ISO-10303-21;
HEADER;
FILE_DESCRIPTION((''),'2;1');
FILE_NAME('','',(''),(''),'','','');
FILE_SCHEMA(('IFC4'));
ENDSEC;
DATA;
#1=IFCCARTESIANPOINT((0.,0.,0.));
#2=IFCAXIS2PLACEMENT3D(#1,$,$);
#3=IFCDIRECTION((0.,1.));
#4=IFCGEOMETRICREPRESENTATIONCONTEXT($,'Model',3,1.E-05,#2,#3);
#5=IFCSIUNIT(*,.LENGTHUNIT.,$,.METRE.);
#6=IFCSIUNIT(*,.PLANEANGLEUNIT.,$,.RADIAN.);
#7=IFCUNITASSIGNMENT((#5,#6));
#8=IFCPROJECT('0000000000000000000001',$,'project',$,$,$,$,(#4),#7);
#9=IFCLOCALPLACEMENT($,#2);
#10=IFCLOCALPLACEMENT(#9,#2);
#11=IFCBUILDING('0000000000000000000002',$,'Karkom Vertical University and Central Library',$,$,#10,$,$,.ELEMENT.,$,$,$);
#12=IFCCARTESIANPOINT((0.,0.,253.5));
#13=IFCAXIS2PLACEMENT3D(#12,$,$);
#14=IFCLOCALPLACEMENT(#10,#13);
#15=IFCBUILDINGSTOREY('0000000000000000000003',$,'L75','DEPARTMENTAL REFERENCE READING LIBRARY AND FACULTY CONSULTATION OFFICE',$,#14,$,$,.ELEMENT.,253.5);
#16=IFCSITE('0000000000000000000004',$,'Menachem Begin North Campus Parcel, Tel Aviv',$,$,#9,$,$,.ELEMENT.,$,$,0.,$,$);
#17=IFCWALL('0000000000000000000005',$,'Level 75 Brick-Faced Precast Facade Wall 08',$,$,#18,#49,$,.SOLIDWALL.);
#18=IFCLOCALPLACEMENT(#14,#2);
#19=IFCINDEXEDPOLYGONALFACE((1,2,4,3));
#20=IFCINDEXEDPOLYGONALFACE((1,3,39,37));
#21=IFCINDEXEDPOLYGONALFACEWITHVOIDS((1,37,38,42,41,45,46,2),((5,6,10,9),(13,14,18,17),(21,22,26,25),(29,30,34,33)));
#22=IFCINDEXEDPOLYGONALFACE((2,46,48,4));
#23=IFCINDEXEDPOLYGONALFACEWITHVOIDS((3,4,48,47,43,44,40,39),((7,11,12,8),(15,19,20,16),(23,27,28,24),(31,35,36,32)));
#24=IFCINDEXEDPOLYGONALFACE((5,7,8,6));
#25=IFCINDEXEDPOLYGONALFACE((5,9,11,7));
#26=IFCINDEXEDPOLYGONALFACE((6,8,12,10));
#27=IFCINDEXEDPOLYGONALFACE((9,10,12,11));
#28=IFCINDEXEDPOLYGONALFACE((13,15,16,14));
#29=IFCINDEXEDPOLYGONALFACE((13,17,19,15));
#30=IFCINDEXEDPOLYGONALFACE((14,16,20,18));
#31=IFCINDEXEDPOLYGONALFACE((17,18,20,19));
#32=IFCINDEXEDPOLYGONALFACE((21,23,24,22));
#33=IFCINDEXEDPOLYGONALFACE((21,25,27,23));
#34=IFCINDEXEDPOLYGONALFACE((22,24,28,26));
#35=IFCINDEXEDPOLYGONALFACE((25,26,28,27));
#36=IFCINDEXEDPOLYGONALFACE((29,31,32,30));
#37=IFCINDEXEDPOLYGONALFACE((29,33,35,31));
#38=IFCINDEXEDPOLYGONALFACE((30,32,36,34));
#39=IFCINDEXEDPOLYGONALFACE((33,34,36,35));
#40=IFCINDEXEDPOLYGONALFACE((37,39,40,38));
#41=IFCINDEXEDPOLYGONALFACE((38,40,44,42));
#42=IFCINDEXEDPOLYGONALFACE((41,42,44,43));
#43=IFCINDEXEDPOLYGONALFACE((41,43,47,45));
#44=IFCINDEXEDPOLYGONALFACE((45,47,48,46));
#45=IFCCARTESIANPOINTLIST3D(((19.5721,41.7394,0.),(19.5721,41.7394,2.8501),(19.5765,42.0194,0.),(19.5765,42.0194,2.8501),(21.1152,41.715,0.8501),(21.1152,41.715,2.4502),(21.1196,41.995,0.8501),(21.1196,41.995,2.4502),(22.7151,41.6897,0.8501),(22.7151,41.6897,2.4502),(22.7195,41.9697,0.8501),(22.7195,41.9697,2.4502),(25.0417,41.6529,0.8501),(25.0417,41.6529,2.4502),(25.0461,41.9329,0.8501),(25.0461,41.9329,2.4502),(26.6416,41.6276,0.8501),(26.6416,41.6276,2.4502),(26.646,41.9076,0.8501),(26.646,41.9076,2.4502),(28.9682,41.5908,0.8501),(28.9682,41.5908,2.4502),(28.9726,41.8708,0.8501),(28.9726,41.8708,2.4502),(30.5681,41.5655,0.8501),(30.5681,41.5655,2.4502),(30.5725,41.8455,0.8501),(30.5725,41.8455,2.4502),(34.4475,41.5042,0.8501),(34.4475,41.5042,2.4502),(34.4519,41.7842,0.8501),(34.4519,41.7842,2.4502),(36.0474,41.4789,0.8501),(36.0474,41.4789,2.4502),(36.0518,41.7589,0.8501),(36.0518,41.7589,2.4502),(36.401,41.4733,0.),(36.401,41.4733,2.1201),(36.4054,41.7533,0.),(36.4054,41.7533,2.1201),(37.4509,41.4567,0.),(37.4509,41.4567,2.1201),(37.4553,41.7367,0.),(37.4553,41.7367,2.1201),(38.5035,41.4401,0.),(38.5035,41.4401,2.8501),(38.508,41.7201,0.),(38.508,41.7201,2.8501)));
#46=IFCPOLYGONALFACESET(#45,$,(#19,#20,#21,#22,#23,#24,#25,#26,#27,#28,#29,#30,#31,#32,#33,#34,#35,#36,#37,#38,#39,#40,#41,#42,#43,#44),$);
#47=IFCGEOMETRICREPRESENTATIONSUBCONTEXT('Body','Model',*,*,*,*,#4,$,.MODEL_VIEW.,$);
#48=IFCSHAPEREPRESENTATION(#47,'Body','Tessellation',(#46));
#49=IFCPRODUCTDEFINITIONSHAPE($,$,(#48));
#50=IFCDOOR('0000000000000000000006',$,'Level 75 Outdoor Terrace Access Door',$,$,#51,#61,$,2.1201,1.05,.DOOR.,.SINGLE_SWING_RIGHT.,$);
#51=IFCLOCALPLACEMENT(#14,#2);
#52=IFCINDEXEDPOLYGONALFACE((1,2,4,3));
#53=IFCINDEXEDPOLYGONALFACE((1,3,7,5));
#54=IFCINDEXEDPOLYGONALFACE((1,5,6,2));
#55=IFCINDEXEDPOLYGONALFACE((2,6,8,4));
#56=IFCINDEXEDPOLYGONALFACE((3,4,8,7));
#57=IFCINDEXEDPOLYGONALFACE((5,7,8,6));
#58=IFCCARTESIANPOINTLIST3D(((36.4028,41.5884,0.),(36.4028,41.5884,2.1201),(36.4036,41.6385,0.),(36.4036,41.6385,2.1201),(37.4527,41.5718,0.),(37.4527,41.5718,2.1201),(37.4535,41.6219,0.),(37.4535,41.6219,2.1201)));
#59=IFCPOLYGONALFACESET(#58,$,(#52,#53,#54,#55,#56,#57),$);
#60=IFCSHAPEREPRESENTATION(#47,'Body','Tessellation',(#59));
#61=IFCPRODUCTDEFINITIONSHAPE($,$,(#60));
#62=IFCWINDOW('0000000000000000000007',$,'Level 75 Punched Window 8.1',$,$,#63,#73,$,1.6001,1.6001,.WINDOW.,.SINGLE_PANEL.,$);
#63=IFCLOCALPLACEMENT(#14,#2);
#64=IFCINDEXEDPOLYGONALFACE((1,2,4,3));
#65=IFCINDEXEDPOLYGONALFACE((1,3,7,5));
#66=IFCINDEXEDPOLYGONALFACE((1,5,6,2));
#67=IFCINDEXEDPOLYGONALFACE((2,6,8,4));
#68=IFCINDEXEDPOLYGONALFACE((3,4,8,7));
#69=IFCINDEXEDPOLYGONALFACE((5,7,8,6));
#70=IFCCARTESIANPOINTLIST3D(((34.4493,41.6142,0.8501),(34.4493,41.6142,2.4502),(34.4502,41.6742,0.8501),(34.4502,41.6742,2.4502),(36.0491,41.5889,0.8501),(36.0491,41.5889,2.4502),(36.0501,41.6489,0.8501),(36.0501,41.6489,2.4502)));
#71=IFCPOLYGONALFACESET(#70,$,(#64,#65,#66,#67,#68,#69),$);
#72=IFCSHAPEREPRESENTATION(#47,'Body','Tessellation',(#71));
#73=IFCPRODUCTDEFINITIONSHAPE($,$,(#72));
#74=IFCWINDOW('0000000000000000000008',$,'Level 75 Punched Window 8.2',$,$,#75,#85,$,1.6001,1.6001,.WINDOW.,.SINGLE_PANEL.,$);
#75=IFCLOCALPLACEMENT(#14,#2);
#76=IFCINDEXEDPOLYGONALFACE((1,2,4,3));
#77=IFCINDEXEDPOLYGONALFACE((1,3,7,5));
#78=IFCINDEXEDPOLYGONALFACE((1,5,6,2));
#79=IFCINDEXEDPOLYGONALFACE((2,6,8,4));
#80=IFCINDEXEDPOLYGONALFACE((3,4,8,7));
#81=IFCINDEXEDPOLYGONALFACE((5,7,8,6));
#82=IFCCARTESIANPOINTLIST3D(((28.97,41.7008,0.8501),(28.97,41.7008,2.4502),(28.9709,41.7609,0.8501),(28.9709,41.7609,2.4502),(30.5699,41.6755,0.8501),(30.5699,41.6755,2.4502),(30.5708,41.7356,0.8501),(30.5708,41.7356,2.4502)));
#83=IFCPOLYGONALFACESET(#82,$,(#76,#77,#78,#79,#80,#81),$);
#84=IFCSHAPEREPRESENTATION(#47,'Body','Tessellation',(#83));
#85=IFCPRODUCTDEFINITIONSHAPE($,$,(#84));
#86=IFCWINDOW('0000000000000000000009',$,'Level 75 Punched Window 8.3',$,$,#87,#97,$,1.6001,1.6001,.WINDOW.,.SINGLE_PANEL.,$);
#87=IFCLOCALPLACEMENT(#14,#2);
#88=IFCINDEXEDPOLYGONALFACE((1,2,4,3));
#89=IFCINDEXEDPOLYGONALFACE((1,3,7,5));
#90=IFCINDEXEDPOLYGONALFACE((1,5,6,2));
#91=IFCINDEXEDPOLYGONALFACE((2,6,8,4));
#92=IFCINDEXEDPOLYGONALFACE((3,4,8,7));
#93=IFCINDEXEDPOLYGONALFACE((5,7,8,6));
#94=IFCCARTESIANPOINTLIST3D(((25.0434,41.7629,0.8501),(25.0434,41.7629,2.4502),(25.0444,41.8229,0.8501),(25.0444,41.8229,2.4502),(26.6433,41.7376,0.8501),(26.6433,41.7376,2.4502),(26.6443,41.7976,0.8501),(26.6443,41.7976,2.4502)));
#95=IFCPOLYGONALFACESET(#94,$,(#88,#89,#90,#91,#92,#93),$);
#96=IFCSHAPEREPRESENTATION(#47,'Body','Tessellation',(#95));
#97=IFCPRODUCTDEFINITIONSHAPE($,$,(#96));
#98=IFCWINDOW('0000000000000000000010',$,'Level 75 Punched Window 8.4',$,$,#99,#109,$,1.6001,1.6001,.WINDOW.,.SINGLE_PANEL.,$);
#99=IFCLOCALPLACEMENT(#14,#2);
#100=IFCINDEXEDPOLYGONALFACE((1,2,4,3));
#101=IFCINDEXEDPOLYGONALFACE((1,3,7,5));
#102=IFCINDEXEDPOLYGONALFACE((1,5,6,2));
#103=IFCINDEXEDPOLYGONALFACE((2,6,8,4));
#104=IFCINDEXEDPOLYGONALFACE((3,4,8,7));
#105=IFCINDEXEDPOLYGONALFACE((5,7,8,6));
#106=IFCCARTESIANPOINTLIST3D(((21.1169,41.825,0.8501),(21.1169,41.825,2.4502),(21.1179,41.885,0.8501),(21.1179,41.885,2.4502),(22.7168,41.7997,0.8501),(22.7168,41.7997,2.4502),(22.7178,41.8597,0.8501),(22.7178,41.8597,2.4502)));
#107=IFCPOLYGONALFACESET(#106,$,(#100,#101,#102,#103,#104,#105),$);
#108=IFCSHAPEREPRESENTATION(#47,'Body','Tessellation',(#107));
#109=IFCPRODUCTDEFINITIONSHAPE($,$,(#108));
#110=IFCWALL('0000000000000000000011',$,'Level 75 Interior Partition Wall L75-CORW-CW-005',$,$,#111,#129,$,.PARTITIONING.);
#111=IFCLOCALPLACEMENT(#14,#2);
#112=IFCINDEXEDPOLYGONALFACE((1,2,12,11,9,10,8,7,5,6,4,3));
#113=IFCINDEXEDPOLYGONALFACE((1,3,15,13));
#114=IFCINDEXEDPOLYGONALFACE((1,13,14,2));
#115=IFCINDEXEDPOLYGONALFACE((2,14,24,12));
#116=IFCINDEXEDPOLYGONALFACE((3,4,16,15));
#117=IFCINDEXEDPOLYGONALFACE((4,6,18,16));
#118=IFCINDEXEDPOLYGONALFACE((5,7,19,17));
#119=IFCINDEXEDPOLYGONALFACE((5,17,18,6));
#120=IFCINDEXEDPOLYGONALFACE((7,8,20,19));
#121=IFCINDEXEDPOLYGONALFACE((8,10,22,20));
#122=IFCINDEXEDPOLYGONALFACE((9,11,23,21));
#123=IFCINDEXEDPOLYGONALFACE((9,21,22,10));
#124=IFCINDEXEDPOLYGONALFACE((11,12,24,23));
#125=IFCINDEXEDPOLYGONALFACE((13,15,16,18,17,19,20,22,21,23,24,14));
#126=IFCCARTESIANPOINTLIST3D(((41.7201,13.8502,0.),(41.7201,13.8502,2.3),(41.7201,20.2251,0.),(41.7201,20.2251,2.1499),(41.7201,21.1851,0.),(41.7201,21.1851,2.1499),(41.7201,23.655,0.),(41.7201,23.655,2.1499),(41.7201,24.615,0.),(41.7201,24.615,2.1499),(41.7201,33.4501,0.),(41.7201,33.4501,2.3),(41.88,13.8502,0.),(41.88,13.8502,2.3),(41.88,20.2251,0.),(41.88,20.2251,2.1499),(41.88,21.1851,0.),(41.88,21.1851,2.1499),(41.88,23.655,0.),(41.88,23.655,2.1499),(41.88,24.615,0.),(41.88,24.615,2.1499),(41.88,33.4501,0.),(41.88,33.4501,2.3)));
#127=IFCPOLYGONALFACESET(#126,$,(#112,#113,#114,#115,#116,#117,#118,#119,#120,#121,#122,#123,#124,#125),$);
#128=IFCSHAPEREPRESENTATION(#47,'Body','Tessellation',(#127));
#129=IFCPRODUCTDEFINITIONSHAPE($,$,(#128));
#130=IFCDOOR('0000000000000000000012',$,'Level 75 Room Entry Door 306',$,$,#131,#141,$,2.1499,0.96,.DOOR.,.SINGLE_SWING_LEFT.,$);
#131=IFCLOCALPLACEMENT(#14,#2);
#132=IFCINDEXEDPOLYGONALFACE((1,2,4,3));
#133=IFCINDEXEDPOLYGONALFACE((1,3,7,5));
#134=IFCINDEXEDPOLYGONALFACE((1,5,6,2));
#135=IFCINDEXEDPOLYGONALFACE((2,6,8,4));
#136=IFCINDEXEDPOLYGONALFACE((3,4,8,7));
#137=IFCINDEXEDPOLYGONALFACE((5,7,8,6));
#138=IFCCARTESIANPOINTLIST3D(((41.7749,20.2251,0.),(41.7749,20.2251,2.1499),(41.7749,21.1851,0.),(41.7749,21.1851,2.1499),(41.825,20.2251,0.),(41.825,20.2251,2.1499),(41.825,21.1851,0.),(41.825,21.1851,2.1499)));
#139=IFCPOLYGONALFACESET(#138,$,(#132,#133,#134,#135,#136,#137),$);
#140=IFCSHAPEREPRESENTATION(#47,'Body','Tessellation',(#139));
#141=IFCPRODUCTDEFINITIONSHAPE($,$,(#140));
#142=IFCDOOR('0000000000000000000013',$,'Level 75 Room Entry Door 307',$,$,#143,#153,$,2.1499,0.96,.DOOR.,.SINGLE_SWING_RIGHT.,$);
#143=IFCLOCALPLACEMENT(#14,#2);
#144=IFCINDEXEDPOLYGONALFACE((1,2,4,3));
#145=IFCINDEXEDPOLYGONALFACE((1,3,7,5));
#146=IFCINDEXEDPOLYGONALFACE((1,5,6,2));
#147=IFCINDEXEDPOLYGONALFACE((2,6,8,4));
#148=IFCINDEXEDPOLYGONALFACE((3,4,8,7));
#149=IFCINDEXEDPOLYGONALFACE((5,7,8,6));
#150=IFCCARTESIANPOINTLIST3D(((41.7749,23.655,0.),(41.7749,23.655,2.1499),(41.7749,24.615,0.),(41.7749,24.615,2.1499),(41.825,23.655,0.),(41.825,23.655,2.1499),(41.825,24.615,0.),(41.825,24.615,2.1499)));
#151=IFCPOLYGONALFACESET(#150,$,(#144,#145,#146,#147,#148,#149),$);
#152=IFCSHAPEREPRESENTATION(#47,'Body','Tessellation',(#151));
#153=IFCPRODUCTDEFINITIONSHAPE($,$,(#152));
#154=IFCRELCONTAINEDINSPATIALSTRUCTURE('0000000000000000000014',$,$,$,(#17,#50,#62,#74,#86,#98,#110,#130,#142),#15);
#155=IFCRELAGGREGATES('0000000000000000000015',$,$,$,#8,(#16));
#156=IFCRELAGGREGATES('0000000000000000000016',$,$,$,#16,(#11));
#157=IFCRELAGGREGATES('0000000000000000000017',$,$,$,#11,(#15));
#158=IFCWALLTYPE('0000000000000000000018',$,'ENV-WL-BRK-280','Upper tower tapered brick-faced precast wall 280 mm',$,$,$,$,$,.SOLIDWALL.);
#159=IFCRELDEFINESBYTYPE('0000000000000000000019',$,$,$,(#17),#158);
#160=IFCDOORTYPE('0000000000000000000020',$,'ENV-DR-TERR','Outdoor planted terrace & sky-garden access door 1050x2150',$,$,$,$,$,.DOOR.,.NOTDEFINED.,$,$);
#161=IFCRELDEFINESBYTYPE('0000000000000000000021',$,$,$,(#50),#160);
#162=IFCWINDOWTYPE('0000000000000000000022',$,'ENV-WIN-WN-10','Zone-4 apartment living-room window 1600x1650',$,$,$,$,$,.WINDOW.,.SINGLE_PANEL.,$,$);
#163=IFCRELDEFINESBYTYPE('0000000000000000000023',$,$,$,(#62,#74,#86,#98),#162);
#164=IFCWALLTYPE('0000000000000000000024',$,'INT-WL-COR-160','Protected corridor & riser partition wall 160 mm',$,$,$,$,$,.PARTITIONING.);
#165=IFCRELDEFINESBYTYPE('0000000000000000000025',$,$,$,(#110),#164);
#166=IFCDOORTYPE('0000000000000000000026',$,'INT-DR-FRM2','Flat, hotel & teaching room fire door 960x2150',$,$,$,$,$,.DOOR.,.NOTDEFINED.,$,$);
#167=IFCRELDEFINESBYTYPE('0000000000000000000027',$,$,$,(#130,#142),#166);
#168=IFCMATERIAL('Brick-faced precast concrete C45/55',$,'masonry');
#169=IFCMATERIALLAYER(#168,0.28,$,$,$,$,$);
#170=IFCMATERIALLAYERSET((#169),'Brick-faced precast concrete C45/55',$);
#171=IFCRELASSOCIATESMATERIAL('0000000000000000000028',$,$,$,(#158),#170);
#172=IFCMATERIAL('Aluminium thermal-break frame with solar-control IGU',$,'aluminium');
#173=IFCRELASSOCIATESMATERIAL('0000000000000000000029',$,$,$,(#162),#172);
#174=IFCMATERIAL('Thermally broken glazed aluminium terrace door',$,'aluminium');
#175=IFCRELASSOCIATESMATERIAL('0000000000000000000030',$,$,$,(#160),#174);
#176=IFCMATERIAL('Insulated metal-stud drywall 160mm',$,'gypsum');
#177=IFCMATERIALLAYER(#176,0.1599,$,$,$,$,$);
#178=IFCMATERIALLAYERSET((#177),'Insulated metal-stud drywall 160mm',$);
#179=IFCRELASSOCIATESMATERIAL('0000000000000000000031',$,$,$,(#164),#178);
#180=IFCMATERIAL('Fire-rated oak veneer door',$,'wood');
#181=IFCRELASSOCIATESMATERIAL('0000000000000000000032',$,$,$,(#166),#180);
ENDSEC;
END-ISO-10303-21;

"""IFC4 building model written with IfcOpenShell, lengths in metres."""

from ifc_helpers import new_model, si_unit, direction, frame, frame_2d, origin, origin_with_axes, place, context, subcontext, project, spatial, rectangle, extrude, source, transform, mapped, material, layer, layer_set, type_object, element, fill, save


model = new_model("IFC4")

# Units and contexts
model_context = context("Model", 3, precision=1e-05, world=origin(), true_north=direction((0.0, 1.0)))
body_context = subcontext(model_context, "Body", "Model", "MODEL_VIEW")
ifc_project = project(units=[si_unit("LENGTHUNIT", "METRE"), si_unit("PLANEANGLEUNIT", "RADIAN")], contexts=[model_context])

# Site, building, storey
site_placement = place(None, origin())
site = spatial("IfcSite", under=ifc_project, at=site_placement, Name="Menachem Begin North Campus Parcel, Tel Aviv", CompositionType="ELEMENT", RefElevation=0.0)
building_placement = place(site_placement, origin())
building = spatial("IfcBuilding", under=site, at=building_placement, Name="Karkom Vertical University and Central Library", CompositionType="ELEMENT")
storey_placement = place(building_placement, frame((0.0, 0.0, 253.5)))
storey = spatial("IfcBuildingStorey", under=building, at=storey_placement, Name="L75", Description="DEPARTMENTAL REFERENCE READING LIBRARY AND FACULTY CONSULTATION OFFICE", CompositionType="ELEMENT", Elevation=253.5)

# Shared definitions
ifc_material_1 = material(Name="Brick-faced precast concrete C45/55", Category="masonry")
ifc_layer_1 = layer(ifc_material_1, 0.28)
ifc_layer_set_1 = layer_set([ifc_layer_1], Name="Brick-faced precast concrete C45/55")
wall_type_1 = type_object("IfcWallType", Name="ENV-WL-BRK-280", Description="Upper tower tapered brick-faced precast wall 280 mm", PredefinedType="SOLIDWALL", material=ifc_layer_set_1)
ifc_material_2 = material(Name="Aluminium thermal-break frame with solar-control IGU", Category="aluminium")
window_type = type_object("IfcWindowType", Name="ENV-WIN-WN-10", Description="Zone-4 apartment living-room window 1600x1650", PartitioningType="SINGLE_PANEL", PredefinedType="WINDOW", material=ifc_material_2)
shared_shape_1 = source(origin_with_axes(), body_context, "Body", "SweptSolid", [
    extrude(rectangle(XDim=1.6001, YDim=1.6001, at=frame_2d((0.8, 0.8))), frame((0.0, 0.03, 0.0), z_axis=(0.0, -1.0, 0.0), x_axis=(1.0, 0.0, 0.0)), (0.0, 0.0, 1.0), 0.0601),
])

# Wall, openings, door, windows
wall_1_placement = place(storey_placement, frame((38.5056, 41.5801, 0.0), z_axis=(0.0, 0.0, 1.0), x_axis=(-0.999875, 0.015809, 0.0)))
wall_1 = element("IfcWall", 1, at=wall_1_placement, inside=storey, type_object=wall_type_1, Name="Level 75 Brick-Faced Precast Facade Wall 08", PredefinedType="SOLIDWALL", context=body_context, shape_type="SweptSolid", body=[
    extrude(rectangle(XDim=18.9338, YDim=0.28, at=frame_2d((9.4668, 0.0))), origin(), (0.0, 0.0, 1.0), 2.8501),
])
opening_1_placement = place(wall_1_placement, frame((2.4563, 0.0, 0.8501)))
opening_1 = element("IfcOpeningElement", 2, at=opening_1_placement, cuts=wall_1, PredefinedType="OPENING", context=body_context, shape_type="SweptSolid", body=[
    extrude(rectangle(XDim=1.6001, YDim=1.6001, at=frame_2d((0.8, 0.8))), frame((0.0, 0.1499, 0.0), z_axis=(0.0, -1.0, 0.0), x_axis=(1.0, 0.0, 0.0)), (0.0, 0.0, 1.0), 0.3),
])
opening_2_placement = place(wall_1_placement, frame((7.9363, 0.0, 0.8501)))
opening_2 = element("IfcOpeningElement", 3, at=opening_2_placement, cuts=wall_1, PredefinedType="OPENING", context=body_context, shape_type="SweptSolid", body=[
    extrude(rectangle(XDim=1.6001, YDim=1.6001, at=frame_2d((0.8, 0.8))), frame((0.0, 0.1499, 0.0), z_axis=(0.0, -1.0, 0.0), x_axis=(1.0, 0.0, 0.0)), (0.0, 0.0, 1.0), 0.3),
])
opening_3_placement = place(wall_1_placement, frame((11.8633, 0.0, 0.8501)))
opening_3 = element("IfcOpeningElement", 4, at=opening_3_placement, cuts=wall_1, PredefinedType="OPENING", context=body_context, shape_type="SweptSolid", body=[
    extrude(rectangle(XDim=1.6001, YDim=1.6001, at=frame_2d((0.8, 0.8))), frame((0.0, 0.1499, 0.0), z_axis=(0.0, -1.0, 0.0), x_axis=(1.0, 0.0, 0.0)), (0.0, 0.0, 1.0), 0.3),
])
opening_4_placement = place(wall_1_placement, frame((15.7903, 0.0, 0.8501)))
opening_4 = element("IfcOpeningElement", 5, at=opening_4_placement, cuts=wall_1, PredefinedType="OPENING", context=body_context, shape_type="SweptSolid", body=[
    extrude(rectangle(XDim=1.6001, YDim=1.6001, at=frame_2d((0.8, 0.8))), frame((0.0, 0.1499, 0.0), z_axis=(0.0, -1.0, 0.0), x_axis=(1.0, 0.0, 0.0)), (0.0, 0.0, 1.0), 0.3),
])
opening_5_placement = place(wall_1_placement, frame((1.0527, 0.0, 0.0)))
opening_5 = element("IfcOpeningElement", 6, at=opening_5_placement, cuts=wall_1, PredefinedType="OPENING", context=body_context, shape_type="SweptSolid", body=[
    extrude(rectangle(XDim=1.05, YDim=2.1201, at=frame_2d((0.5249, 1.0601))), frame((0.0, 0.1499, 0.0), z_axis=(0.0, -1.0, 0.0), x_axis=(1.0, 0.0, 0.0)), (0.0, 0.0, 1.0), 0.3),
])
ifc_material_3 = material(Name="Thermally broken glazed aluminium terrace door", Category="aluminium")
door_type_1 = type_object("IfcDoorType", Name="ENV-DR-TERR", Description="Outdoor planted terrace & sky-garden access door 1050x2150", OperationType="NOTDEFINED", PredefinedType="DOOR", material=ifc_material_3)
shared_shape_2 = source(origin_with_axes(), body_context, "Body", "SweptSolid", [
    extrude(rectangle(XDim=1.05, YDim=2.1201, at=frame_2d((0.5249, 1.0601))), frame((0.0, 0.0249, 0.0), z_axis=(0.0, -1.0, 0.0), x_axis=(1.0, 0.0, 0.0)), (0.0, 0.0, 1.0), 0.05),
])
door_1_placement = place(opening_5_placement, origin())
door_1 = element("IfcDoor", 7, at=door_1_placement, inside=storey, type_object=door_type_1, Name="Level 75 Outdoor Terrace Access Door", OperationType="SINGLE_SWING_RIGHT", OverallHeight=2.1201, OverallWidth=1.05, PredefinedType="DOOR", context=body_context, shape_type="MappedRepresentation", body=[
    mapped(shared_shape_2, transform((0.0, 0.0, 0.0), scale=1.0)),
])
fill(opening_5, door_1)
window_1_placement = place(opening_1_placement, origin())
window_1 = element("IfcWindow", 8, at=window_1_placement, inside=storey, type_object=window_type, Name="Level 75 Punched Window 8.1", OverallHeight=1.6001, OverallWidth=1.6001, PartitioningType="SINGLE_PANEL", PredefinedType="WINDOW", context=body_context, shape_type="MappedRepresentation", body=[
    mapped(shared_shape_1, transform((0.0, 0.0, 0.0), scale=1.0)),
])
fill(opening_1, window_1)
window_2_placement = place(opening_2_placement, origin())
window_2 = element("IfcWindow", 9, at=window_2_placement, inside=storey, type_object=window_type, Name="Level 75 Punched Window 8.2", OverallHeight=1.6001, OverallWidth=1.6001, PartitioningType="SINGLE_PANEL", PredefinedType="WINDOW", context=body_context, shape_type="MappedRepresentation", body=[
    mapped(shared_shape_1, transform((0.0, 0.0, 0.0), scale=1.0)),
])
fill(opening_2, window_2)
window_3_placement = place(opening_3_placement, origin())
window_3 = element("IfcWindow", 10, at=window_3_placement, inside=storey, type_object=window_type, Name="Level 75 Punched Window 8.3", OverallHeight=1.6001, OverallWidth=1.6001, PartitioningType="SINGLE_PANEL", PredefinedType="WINDOW", context=body_context, shape_type="MappedRepresentation", body=[
    mapped(shared_shape_1, transform((0.0, 0.0, 0.0), scale=1.0)),
])
fill(opening_3, window_3)
window_4_placement = place(opening_4_placement, origin())
window_4 = element("IfcWindow", 11, at=window_4_placement, inside=storey, type_object=window_type, Name="Level 75 Punched Window 8.4", OverallHeight=1.6001, OverallWidth=1.6001, PartitioningType="SINGLE_PANEL", PredefinedType="WINDOW", context=body_context, shape_type="MappedRepresentation", body=[
    mapped(shared_shape_1, transform((0.0, 0.0, 0.0), scale=1.0)),
])
fill(opening_4, window_4)

# Wall, openings, doors
ifc_material_4 = material(Name="Insulated metal-stud drywall 160mm", Category="gypsum")
ifc_layer_2 = layer(ifc_material_4, 0.1599)
ifc_layer_set_2 = layer_set([ifc_layer_2], Name="Insulated metal-stud drywall 160mm")
wall_type_2 = type_object("IfcWallType", Name="INT-WL-COR-160", Description="Protected corridor & riser partition wall 160 mm", PredefinedType="PARTITIONING", material=ifc_layer_set_2)
wall_2_placement = place(storey_placement, frame((41.8, 33.45, 0.0), z_axis=(0.0, 0.0, 1.0), x_axis=(0.0, -1.0, 0.0)))
wall_2 = element("IfcWall", 12, at=wall_2_placement, inside=storey, type_object=wall_type_2, Name="Level 75 Interior Partition Wall L75-CORW-CW-005", PredefinedType="PARTITIONING", context=body_context, shape_type="SweptSolid", body=[
    extrude(rectangle(XDim=19.5999, YDim=0.1599, at=frame_2d((9.7998, 0.0))), origin(), (0.0, 0.0, 1.0), 2.3),
])
opening_6_placement = place(wall_2_placement, frame((12.2649, 0.0, 0.0)))
opening_6 = element("IfcOpeningElement", 13, at=opening_6_placement, cuts=wall_2, PredefinedType="OPENING", context=body_context, shape_type="SweptSolid", body=[
    extrude(rectangle(XDim=0.96, YDim=2.1499, at=frame_2d((0.48, 1.075))), frame((0.0, 0.0898, 0.0), z_axis=(0.0, -1.0, 0.0), x_axis=(1.0, 0.0, 0.0)), (0.0, 0.0, 1.0), 0.1799),
])
opening_7_placement = place(wall_2_placement, frame((8.835, 0.0, 0.0)))
opening_7 = element("IfcOpeningElement", 14, at=opening_7_placement, cuts=wall_2, PredefinedType="OPENING", context=body_context, shape_type="SweptSolid", body=[
    extrude(rectangle(XDim=0.96, YDim=2.1499, at=frame_2d((0.48, 1.075))), frame((0.0, 0.0898, 0.0), z_axis=(0.0, -1.0, 0.0), x_axis=(1.0, 0.0, 0.0)), (0.0, 0.0, 1.0), 0.1799),
])
ifc_material_5 = material(Name="Fire-rated oak veneer door", Category="wood")
door_type_2 = type_object("IfcDoorType", Name="INT-DR-FRM2", Description="Flat, hotel & teaching room fire door 960x2150", OperationType="NOTDEFINED", PredefinedType="DOOR", material=ifc_material_5)
shared_shape_3 = source(origin_with_axes(), body_context, "Body", "SweptSolid", [
    extrude(rectangle(XDim=0.96, YDim=2.1499, at=frame_2d((0.48, 1.075))), frame((0.0, 0.0249, 0.0), z_axis=(0.0, -1.0, 0.0), x_axis=(1.0, 0.0, 0.0)), (0.0, 0.0, 1.0), 0.05),
])
door_2_placement = place(opening_6_placement, origin())
door_2 = element("IfcDoor", 15, at=door_2_placement, inside=storey, type_object=door_type_2, Name="Level 75 Room Entry Door 306", OperationType="SINGLE_SWING_LEFT", OverallHeight=2.1499, OverallWidth=0.96, PredefinedType="DOOR", context=body_context, shape_type="MappedRepresentation", body=[
    mapped(shared_shape_3, transform((0.0, 0.0, 0.0), scale=1.0)),
])
fill(opening_6, door_2)
door_3_placement = place(opening_7_placement, origin())
door_3 = element("IfcDoor", 16, at=door_3_placement, inside=storey, type_object=door_type_2, Name="Level 75 Room Entry Door 307", OperationType="SINGLE_SWING_RIGHT", OverallHeight=2.1499, OverallWidth=0.96, PredefinedType="DOOR", context=body_context, shape_type="MappedRepresentation", body=[
    mapped(shared_shape_3, transform((0.0, 0.0, 0.0), scale=1.0)),
])
fill(opening_7, door_3)

save(model, "model.ifc")
